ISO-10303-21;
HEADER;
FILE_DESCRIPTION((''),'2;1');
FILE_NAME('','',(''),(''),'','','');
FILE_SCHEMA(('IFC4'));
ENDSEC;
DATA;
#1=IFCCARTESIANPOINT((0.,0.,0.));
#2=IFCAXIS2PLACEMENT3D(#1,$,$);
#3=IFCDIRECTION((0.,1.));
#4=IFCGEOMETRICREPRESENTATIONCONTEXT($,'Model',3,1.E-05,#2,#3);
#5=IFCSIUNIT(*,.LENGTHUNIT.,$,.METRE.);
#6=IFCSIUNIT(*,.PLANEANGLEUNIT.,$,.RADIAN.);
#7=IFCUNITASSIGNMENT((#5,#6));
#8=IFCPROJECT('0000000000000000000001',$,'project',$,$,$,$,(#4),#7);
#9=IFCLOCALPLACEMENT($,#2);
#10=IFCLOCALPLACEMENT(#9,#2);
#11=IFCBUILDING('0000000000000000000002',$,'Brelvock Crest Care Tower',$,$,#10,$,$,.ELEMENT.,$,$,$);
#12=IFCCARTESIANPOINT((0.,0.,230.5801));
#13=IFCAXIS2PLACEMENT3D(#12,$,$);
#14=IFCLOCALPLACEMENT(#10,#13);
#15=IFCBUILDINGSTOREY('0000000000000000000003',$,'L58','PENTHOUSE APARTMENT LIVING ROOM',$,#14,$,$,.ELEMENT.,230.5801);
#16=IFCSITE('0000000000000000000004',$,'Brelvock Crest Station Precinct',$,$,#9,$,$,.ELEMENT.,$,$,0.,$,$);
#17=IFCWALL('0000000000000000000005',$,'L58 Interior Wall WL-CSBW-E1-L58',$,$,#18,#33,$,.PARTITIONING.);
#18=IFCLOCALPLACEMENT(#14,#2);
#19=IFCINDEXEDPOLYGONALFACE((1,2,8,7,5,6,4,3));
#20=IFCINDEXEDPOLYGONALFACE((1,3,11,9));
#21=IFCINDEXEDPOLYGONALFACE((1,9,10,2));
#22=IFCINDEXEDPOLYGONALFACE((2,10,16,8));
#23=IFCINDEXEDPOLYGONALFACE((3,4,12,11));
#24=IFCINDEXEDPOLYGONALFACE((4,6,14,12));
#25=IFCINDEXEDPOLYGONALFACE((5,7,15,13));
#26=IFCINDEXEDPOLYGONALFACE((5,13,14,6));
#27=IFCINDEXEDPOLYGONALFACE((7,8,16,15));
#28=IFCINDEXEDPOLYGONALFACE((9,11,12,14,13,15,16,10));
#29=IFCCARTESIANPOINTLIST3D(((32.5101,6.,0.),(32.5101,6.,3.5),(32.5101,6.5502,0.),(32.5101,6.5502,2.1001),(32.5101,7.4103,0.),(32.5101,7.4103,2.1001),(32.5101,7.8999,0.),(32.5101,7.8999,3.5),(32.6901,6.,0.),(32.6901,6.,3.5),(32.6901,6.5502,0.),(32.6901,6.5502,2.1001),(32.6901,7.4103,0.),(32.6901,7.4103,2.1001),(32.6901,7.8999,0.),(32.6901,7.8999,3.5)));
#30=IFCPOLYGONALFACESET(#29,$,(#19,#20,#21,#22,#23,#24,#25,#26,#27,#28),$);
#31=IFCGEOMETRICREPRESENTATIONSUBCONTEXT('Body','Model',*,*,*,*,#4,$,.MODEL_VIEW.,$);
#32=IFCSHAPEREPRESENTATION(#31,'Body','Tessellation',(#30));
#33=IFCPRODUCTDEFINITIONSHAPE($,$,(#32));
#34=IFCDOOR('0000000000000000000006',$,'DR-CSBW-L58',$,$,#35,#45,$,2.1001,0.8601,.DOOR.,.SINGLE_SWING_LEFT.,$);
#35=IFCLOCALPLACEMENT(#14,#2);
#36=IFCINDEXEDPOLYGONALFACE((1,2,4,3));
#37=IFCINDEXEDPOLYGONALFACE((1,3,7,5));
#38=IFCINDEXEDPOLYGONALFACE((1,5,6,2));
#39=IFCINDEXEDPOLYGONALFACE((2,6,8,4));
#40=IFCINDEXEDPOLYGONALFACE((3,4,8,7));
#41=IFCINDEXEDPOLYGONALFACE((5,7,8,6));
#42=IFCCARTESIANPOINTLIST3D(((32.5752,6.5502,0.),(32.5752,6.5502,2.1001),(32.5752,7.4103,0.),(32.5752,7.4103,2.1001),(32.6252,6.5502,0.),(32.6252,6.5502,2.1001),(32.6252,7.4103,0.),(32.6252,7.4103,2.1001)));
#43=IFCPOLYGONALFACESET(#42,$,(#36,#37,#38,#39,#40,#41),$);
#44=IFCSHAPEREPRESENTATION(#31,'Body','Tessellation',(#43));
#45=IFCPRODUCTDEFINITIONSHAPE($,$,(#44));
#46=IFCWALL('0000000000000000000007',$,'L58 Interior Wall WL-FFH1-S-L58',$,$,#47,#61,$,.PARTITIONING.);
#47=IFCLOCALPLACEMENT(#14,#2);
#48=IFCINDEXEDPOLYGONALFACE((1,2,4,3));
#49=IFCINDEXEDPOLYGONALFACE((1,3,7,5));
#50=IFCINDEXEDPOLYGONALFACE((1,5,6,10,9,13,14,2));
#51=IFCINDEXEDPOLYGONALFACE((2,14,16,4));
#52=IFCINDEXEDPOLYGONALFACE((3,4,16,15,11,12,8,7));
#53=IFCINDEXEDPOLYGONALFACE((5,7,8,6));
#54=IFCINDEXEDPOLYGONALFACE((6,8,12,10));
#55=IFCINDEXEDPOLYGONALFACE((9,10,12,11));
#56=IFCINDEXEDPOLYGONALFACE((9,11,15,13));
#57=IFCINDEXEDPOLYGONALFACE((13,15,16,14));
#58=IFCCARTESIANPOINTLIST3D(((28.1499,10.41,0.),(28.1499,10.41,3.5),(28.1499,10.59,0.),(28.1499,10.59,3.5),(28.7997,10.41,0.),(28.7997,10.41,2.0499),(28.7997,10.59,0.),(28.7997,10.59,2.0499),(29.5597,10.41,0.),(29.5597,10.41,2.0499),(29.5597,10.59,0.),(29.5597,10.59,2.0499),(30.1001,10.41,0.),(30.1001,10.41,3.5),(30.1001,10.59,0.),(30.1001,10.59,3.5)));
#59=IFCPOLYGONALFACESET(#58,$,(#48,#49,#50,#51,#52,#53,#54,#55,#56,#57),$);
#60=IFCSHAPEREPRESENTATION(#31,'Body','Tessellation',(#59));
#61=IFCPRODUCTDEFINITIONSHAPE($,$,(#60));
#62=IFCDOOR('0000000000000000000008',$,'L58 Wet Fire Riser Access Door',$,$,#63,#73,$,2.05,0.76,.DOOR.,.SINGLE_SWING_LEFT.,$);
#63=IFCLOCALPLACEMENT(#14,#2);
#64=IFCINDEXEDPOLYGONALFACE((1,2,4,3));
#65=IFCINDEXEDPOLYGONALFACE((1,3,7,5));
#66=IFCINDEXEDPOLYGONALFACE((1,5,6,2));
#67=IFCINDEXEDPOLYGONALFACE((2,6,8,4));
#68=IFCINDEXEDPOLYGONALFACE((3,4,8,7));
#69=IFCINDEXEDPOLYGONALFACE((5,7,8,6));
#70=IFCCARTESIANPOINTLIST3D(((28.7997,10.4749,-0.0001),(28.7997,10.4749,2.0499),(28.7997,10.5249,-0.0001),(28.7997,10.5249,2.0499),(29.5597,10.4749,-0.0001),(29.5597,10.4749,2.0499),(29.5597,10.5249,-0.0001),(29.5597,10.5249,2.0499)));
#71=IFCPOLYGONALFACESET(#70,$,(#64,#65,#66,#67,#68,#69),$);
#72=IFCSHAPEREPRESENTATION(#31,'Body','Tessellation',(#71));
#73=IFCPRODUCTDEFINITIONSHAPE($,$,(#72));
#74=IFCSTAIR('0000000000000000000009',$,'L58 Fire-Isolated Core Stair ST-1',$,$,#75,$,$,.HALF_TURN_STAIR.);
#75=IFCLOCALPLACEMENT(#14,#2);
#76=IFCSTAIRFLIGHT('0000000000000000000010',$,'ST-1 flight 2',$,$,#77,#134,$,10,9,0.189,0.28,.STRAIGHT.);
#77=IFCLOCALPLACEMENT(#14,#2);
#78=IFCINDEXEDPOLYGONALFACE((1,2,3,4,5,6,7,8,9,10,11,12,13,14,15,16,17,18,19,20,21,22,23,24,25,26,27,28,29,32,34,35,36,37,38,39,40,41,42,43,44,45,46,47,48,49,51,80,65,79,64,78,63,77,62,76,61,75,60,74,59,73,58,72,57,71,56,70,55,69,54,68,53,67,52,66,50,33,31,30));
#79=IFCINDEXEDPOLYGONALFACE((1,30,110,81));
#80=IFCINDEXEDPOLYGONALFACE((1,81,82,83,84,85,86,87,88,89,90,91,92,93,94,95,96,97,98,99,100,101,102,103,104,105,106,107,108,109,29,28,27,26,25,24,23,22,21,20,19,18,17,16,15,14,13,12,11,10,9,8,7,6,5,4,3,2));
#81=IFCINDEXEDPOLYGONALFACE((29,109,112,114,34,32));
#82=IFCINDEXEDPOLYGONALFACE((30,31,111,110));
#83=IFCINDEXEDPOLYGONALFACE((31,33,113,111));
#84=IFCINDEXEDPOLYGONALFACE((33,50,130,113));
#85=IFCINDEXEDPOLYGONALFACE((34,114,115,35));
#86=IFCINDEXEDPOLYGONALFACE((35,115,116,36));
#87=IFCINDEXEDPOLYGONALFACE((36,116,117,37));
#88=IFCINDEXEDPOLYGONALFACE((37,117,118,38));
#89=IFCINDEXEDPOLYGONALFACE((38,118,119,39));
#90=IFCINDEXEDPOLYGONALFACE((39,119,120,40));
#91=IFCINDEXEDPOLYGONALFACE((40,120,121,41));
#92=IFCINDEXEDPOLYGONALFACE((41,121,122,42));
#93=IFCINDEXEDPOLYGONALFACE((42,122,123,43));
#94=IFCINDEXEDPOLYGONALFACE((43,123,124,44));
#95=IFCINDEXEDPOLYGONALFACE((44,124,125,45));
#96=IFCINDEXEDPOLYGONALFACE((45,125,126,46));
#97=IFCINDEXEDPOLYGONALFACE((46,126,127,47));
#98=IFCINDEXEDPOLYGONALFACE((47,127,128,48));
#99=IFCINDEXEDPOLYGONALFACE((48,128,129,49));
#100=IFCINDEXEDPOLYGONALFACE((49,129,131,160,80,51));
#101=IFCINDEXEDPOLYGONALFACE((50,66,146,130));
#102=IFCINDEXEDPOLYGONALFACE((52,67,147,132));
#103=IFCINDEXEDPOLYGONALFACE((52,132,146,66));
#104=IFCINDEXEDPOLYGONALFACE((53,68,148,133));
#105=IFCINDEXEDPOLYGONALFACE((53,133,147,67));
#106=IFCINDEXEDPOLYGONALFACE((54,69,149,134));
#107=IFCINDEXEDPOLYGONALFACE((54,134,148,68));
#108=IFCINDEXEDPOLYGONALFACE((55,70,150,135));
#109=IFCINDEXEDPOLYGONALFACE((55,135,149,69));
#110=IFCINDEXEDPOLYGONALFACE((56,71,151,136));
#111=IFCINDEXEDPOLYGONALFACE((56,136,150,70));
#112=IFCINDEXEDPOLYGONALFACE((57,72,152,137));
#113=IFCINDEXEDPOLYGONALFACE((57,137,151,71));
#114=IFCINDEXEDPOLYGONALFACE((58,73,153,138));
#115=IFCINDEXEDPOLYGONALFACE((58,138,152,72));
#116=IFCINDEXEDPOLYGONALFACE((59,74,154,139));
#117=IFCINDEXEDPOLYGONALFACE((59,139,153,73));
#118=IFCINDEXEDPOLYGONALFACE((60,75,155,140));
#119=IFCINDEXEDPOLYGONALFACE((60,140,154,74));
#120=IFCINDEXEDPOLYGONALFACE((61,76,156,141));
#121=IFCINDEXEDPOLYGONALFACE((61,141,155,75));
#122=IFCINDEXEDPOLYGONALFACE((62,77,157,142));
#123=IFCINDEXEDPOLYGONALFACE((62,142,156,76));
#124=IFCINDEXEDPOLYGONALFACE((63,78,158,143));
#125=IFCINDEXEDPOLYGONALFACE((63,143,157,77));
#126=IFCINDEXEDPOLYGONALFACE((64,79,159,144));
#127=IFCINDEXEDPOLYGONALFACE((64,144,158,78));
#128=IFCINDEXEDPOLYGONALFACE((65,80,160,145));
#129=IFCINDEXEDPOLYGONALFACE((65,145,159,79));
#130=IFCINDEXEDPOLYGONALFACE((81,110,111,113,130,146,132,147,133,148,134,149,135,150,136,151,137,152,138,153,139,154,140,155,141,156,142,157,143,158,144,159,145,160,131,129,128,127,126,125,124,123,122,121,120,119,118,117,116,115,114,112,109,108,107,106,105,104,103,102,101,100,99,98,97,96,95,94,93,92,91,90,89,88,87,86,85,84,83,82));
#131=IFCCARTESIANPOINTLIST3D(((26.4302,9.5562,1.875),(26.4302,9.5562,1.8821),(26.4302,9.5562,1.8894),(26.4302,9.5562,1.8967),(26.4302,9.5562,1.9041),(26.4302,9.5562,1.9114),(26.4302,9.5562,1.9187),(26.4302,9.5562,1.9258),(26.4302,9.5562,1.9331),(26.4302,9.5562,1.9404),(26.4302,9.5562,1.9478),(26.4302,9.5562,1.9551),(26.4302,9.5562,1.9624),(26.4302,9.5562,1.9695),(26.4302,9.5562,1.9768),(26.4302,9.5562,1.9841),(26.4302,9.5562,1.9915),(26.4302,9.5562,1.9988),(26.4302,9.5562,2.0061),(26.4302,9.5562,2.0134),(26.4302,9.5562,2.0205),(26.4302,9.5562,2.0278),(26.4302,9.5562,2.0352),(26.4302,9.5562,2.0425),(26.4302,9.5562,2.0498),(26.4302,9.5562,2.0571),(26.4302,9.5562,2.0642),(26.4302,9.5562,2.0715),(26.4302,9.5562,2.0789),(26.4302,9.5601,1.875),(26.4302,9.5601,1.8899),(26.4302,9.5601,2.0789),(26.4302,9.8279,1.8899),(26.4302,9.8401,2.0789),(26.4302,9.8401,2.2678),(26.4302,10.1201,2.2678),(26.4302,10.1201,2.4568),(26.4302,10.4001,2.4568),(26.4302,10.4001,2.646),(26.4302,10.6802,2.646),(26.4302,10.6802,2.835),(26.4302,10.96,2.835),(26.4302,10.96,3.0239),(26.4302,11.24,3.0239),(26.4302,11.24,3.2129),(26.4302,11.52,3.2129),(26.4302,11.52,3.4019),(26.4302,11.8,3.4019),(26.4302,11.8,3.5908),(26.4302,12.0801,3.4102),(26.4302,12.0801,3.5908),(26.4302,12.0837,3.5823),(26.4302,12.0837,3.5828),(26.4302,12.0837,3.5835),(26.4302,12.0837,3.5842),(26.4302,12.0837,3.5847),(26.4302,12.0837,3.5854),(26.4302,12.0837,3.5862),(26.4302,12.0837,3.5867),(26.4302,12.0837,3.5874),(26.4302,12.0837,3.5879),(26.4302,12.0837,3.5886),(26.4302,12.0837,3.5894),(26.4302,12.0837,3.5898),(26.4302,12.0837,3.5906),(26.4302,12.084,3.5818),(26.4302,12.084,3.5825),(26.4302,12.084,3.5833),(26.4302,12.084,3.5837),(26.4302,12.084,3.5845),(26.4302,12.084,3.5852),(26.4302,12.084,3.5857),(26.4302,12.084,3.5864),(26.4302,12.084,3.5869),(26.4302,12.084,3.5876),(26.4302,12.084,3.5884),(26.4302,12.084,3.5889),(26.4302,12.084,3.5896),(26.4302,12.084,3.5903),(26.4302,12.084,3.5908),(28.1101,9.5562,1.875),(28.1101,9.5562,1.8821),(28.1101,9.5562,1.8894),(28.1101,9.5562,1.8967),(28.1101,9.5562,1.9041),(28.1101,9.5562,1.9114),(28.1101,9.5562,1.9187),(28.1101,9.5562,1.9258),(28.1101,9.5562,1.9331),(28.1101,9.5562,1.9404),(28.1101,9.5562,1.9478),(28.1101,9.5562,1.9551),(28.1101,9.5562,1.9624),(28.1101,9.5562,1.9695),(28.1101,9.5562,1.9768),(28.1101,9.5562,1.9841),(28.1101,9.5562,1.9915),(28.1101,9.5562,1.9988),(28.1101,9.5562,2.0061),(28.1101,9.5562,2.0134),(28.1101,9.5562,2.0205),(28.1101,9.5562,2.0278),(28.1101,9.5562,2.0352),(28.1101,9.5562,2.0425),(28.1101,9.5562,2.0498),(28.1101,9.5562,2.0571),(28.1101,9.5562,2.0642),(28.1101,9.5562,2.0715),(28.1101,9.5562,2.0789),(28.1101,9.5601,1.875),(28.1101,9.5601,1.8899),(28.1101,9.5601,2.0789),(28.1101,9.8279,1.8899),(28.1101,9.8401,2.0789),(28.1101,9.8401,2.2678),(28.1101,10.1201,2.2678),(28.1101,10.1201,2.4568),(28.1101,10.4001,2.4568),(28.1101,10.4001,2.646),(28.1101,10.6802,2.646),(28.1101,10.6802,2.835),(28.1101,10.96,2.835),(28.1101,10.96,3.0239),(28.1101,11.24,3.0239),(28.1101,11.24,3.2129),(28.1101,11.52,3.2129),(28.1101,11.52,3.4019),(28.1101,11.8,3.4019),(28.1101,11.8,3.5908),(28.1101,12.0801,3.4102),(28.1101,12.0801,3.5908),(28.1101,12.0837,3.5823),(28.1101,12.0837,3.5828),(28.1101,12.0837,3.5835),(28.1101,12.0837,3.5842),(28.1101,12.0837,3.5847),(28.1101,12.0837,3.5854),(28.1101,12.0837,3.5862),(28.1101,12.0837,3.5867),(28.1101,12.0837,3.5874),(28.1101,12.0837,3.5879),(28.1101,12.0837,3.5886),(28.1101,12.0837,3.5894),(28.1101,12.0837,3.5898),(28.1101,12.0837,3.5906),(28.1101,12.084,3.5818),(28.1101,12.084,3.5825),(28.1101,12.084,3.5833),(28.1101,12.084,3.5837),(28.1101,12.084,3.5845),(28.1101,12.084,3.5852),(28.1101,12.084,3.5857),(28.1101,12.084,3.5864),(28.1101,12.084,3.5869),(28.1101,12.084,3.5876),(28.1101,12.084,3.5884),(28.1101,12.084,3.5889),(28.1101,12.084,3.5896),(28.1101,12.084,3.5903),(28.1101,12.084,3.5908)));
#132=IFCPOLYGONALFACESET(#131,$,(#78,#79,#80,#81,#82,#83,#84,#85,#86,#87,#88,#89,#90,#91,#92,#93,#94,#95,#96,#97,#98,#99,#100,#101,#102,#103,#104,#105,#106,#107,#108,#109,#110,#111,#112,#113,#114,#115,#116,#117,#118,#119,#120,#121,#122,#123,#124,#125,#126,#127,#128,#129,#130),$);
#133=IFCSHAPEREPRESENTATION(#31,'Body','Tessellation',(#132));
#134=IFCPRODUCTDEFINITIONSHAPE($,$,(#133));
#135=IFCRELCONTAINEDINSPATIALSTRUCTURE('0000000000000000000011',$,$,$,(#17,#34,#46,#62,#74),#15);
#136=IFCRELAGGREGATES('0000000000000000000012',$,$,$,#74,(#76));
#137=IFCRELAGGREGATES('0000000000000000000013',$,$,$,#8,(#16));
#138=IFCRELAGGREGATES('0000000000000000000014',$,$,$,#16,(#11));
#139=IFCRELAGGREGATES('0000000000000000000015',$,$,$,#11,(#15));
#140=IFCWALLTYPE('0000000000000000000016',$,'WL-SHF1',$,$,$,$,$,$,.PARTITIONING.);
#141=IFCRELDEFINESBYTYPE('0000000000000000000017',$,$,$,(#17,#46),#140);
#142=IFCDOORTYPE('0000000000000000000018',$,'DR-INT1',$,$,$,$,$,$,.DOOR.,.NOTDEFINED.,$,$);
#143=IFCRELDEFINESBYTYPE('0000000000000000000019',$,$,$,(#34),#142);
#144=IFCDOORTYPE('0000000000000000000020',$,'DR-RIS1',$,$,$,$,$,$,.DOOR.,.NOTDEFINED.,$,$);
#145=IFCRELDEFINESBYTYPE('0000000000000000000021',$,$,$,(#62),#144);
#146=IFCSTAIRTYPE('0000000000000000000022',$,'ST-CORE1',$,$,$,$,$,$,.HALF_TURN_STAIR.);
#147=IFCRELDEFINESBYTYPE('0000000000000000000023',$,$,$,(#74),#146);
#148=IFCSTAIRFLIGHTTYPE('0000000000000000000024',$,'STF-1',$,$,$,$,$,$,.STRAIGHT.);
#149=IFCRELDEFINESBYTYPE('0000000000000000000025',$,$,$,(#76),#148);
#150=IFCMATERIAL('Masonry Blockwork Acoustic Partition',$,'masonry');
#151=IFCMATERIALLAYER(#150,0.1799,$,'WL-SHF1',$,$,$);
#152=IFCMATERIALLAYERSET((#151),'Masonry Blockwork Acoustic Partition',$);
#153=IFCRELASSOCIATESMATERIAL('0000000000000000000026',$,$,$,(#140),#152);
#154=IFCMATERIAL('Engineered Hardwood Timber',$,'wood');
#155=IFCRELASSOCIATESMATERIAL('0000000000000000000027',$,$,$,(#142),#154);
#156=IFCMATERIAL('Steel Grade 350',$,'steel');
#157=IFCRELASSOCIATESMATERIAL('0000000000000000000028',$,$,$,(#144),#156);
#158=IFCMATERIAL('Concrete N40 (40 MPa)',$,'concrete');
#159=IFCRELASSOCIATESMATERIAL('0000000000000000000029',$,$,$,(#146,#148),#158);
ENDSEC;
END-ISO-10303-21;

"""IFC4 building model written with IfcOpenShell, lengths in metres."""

from ifc_helpers import new_model, si_unit, direction, frame, frame_2d, origin, origin_2d, place, context, subcontext, project, spatial, polyline, rectangle, outline, extrude, source, transform, mapped, material, layer, layer_set, type_object, element, fill, aggregate, save


model = new_model("IFC4")

# Units and contexts
model_context = context("Model", 3, precision=1e-05, world=origin(), true_north=direction((0.0, 1.0)))
body_context = subcontext(model_context, "Body", "Model", "MODEL_VIEW")
ifc_project = project(units=[si_unit("LENGTHUNIT", "METRE"), si_unit("PLANEANGLEUNIT", "RADIAN")], contexts=[model_context])

# Site, building, storey
site_placement = place(None, origin())
site = spatial("IfcSite", under=ifc_project, at=site_placement, Name="Brelvock Crest Station Precinct", CompositionType="ELEMENT", RefElevation=0.0)
building_placement = place(site_placement, origin())
building = spatial("IfcBuilding", under=site, at=building_placement, Name="Brelvock Crest Care Tower", CompositionType="ELEMENT")
storey_placement = place(building_placement, frame((0.0, 0.0, 230.5801)))
storey = spatial("IfcBuildingStorey", under=building, at=storey_placement, Name="L58", Description="PENTHOUSE APARTMENT LIVING ROOM", CompositionType="ELEMENT", Elevation=230.5801)

# Shared definitions
ifc_material_1 = material(Name="Steel Grade 350", Category="steel")

# Shared definitions
ifc_material_2 = material(Name="Masonry Blockwork Acoustic Partition", Category="masonry")

# Shared definitions
ifc_layer_1 = layer(ifc_material_2, 0.1799, Name="WL-SHF1")
ifc_layer_set_1 = layer_set([ifc_layer_1], Name="Masonry Blockwork Acoustic Partition")
wall_type_1 = type_object("IfcWallType", Name="WL-SHF1", PredefinedType="PARTITIONING", material=ifc_layer_set_1)

# Walls, openings, doors
wall_1_placement = place(storey_placement, frame((32.6001, 6.0, 0.0), z_axis=(0.0, 0.0, 1.0), x_axis=(0.0, 1.0, 0.0)))
wall_1 = element("IfcWall", 1, at=wall_1_placement, inside=storey, type_object=wall_type_1, Name="L58 Interior Wall WL-CSBW-E1-L58", PredefinedType="PARTITIONING", context=body_context, shape_type="SweptSolid", body=[
    extrude(rectangle(XDim=1.8999, YDim=0.1799, at=frame_2d((0.95, 0.0))), origin(), (0.0, 0.0, 1.0), 3.5),
])
opening_1_placement = place(wall_1_placement, frame((0.55, 0.0, 0.0)))
opening_1 = element("IfcOpeningElement", 2, at=opening_1_placement, cuts=wall_1, PredefinedType="OPENING", context=body_context, shape_type="SweptSolid", body=[
    extrude(rectangle(XDim=0.8601, YDim=2.1001, at=origin_2d()), frame((0.4302, 0.1001, 1.05), z_axis=(0.0, -1.0, 0.0), x_axis=(1.0, 0.0, 0.0)), (0.0, 0.0, 1.0), 0.2),
])
ifc_material_3 = material(Name="Engineered Hardwood Timber", Category="wood")
door_type_1 = type_object("IfcDoorType", Name="DR-INT1", OperationType="NOTDEFINED", PredefinedType="DOOR", material=ifc_material_3)
shared_shape_1 = source(origin(), body_context, "Body", "SweptSolid", [
    extrude(rectangle(XDim=0.8601, YDim=2.1001, at=origin_2d()), frame((0.4302, 0.0249, 1.05), z_axis=(0.0, -1.0, 0.0), x_axis=(1.0, 0.0, 0.0)), (0.0, 0.0, 1.0), 0.05),
])
door_1_placement = place(opening_1_placement, origin())
door_1 = element("IfcDoor", 3, at=door_1_placement, inside=storey, type_object=door_type_1, Name="DR-CSBW-L58", OperationType="SINGLE_SWING_LEFT", OverallHeight=2.1001, OverallWidth=0.8601, PredefinedType="DOOR", context=body_context, shape_type="MappedRepresentation", body=[
    mapped(shared_shape_1, transform((0.0, 0.0, 0.0), x_axis=(1.0, 0.0, 0.0), y_axis=(0.0, 1.0, 0.0), z_axis=(0.0, 0.0, 1.0), scale=1.0)),
])
fill(opening_1, door_1)
wall_2_placement = place(storey_placement, frame((28.1499, 10.5, 0.0), z_axis=(0.0, 0.0, 1.0), x_axis=(1.0, 0.0, 0.0)))
wall_2 = element("IfcWall", 4, at=wall_2_placement, inside=storey, type_object=wall_type_1, Name="L58 Interior Wall WL-FFH1-S-L58", PredefinedType="PARTITIONING", context=body_context, shape_type="SweptSolid", body=[
    extrude(rectangle(XDim=1.9502, YDim=0.1799, at=frame_2d((0.9751, 0.0))), origin(), (0.0, 0.0, 1.0), 3.5),
])
opening_2_placement = place(wall_2_placement, frame((0.6499, 0.0, 0.0)))
opening_2 = element("IfcOpeningElement", 5, at=opening_2_placement, cuts=wall_2, PredefinedType="OPENING", context=body_context, shape_type="SweptSolid", body=[
    extrude(rectangle(XDim=0.76, YDim=2.05, at=origin_2d()), frame((0.3799, 0.1001, 1.0249), z_axis=(0.0, -1.0, 0.0), x_axis=(1.0, 0.0, 0.0)), (0.0, 0.0, 1.0), 0.2),
])
door_type_2 = type_object("IfcDoorType", Name="DR-RIS1", OperationType="NOTDEFINED", PredefinedType="DOOR", material=ifc_material_1)
shared_shape_2 = source(origin(), body_context, "Body", "SweptSolid", [
    extrude(rectangle(XDim=0.76, YDim=2.05, at=origin_2d()), frame((0.3799, 0.0249, 1.0249), z_axis=(0.0, -1.0, 0.0), x_axis=(1.0, 0.0, 0.0)), (0.0, 0.0, 1.0), 0.05),
])
door_2_placement = place(opening_2_placement, origin())
door_2 = element("IfcDoor", 6, at=door_2_placement, inside=storey, type_object=door_type_2, Name="L58 Wet Fire Riser Access Door", OperationType="SINGLE_SWING_LEFT", OverallHeight=2.05, OverallWidth=0.76, PredefinedType="DOOR", context=body_context, shape_type="MappedRepresentation", body=[
    mapped(shared_shape_2, transform((0.0, 0.0, 0.0), x_axis=(1.0, 0.0, 0.0), y_axis=(0.0, 1.0, 0.0), z_axis=(0.0, 0.0, 1.0), scale=1.0)),
])
fill(opening_2, door_2)

# Stair, stair flight
ifc_material_4 = material(Name="Concrete N40 (40 MPa)", Category="concrete")
stair_type = type_object("IfcStairType", Name="ST-CORE1", PredefinedType="HALF_TURN_STAIR", material=ifc_material_4)
stair_placement = place(storey_placement, origin())
stair = element("IfcStair", 7, at=stair_placement, inside=storey, type_object=stair_type, Name="L58 Fire-Isolated Core Stair ST-1", PredefinedType="HALF_TURN_STAIR")
stair_flight_type = type_object("IfcStairFlightType", Name="STF-1", PredefinedType="STRAIGHT", material=ifc_material_4)
stair_flight_placement = place(storey_placement, frame((27.27, 9.5601, 1.8899), z_axis=(0.0, 0.0, 1.0), x_axis=(0.0, 1.0, 0.0)))
stair_flight = element("IfcStairFlight", 8, at=stair_flight_placement, type_object=stair_flight_type, Name="ST-1 flight 2", NumberOfRisers=10, NumberOfTreads=9, PredefinedType="STRAIGHT", RiserHeight=0.189, TreadLength=0.28, context=body_context, shape_type="SweptSolid", body=[
    extrude(outline(polyline([(-0.0039, -0.0149), (-0.0039, -0.0078), (-0.0039, -0.0005), (-0.0039, 0.0068), (-0.0039, 0.0142), (-0.0039, 0.0215), (-0.0039, 0.0288), (-0.0039, 0.0359), (-0.0039, 0.0432), (-0.0039, 0.0505), (-0.0039, 0.0579), (-0.0039, 0.0652), (-0.0039, 0.0725), (-0.0039, 0.0796), (-0.0039, 0.0869), (-0.0039, 0.0942), (-0.0039, 0.1016), (-0.0039, 0.1089), (-0.0039, 0.1162), (-0.0039, 0.1235), (-0.0039, 0.1306), (-0.0039, 0.1379), (-0.0039, 0.1453), (-0.0039, 0.1526), (-0.0039, 0.1599), (-0.0039, 0.1672), (-0.0039, 0.1743), (-0.0039, 0.1816), (-0.0039, 0.189), (0.0, 0.189), (0.28, 0.189), (0.28, 0.3779), (0.5601, 0.3779), (0.5601, 0.5669), (0.8401, 0.5669), (0.8401, 0.7561), (1.1201, 0.7561), (1.1201, 0.9451), (1.3999, 0.9451), (1.3999, 1.134), (1.6799, 1.134), (1.6799, 1.323), (1.96, 1.323), (1.96, 1.512), (2.24, 1.512), (2.24, 1.7009), (2.52, 1.7009), (2.5239, 1.7009), (2.5237, 1.7007), (2.5239, 1.7004), (2.5237, 1.7), (2.5239, 1.6997), (2.5237, 1.6995), (2.5239, 1.699), (2.5237, 1.6987), (2.5239, 1.6985), (2.5237, 1.698), (2.5239, 1.6978), (2.5237, 1.6975), (2.5239, 1.697), (2.5237, 1.6968), (2.5239, 1.6965), (2.5237, 1.6963), (2.5239, 1.6958), (2.5237, 1.6956), (2.5239, 1.6953), (2.5237, 1.6948), (2.5239, 1.6946), (2.5237, 1.6943), (2.5239, 1.6938), (2.5237, 1.6936), (2.5239, 1.6934), (2.5237, 1.6929), (2.5239, 1.6926), (2.5237, 1.6924), (2.5239, 1.6919), (2.52, 1.5203), (0.2678, 0.0), (0.0, 0.0), (0.0, -0.0149), (-0.0039, -0.0149)])), frame((0.0, 0.8398, 0.0), z_axis=(0.0, -1.0, 0.0), x_axis=(1.0, 0.0, 0.0)), (0.0, 0.0, 1.0), 1.6799),
])
aggregate(stair, [stair_flight])

save(model, "model.ifc")
